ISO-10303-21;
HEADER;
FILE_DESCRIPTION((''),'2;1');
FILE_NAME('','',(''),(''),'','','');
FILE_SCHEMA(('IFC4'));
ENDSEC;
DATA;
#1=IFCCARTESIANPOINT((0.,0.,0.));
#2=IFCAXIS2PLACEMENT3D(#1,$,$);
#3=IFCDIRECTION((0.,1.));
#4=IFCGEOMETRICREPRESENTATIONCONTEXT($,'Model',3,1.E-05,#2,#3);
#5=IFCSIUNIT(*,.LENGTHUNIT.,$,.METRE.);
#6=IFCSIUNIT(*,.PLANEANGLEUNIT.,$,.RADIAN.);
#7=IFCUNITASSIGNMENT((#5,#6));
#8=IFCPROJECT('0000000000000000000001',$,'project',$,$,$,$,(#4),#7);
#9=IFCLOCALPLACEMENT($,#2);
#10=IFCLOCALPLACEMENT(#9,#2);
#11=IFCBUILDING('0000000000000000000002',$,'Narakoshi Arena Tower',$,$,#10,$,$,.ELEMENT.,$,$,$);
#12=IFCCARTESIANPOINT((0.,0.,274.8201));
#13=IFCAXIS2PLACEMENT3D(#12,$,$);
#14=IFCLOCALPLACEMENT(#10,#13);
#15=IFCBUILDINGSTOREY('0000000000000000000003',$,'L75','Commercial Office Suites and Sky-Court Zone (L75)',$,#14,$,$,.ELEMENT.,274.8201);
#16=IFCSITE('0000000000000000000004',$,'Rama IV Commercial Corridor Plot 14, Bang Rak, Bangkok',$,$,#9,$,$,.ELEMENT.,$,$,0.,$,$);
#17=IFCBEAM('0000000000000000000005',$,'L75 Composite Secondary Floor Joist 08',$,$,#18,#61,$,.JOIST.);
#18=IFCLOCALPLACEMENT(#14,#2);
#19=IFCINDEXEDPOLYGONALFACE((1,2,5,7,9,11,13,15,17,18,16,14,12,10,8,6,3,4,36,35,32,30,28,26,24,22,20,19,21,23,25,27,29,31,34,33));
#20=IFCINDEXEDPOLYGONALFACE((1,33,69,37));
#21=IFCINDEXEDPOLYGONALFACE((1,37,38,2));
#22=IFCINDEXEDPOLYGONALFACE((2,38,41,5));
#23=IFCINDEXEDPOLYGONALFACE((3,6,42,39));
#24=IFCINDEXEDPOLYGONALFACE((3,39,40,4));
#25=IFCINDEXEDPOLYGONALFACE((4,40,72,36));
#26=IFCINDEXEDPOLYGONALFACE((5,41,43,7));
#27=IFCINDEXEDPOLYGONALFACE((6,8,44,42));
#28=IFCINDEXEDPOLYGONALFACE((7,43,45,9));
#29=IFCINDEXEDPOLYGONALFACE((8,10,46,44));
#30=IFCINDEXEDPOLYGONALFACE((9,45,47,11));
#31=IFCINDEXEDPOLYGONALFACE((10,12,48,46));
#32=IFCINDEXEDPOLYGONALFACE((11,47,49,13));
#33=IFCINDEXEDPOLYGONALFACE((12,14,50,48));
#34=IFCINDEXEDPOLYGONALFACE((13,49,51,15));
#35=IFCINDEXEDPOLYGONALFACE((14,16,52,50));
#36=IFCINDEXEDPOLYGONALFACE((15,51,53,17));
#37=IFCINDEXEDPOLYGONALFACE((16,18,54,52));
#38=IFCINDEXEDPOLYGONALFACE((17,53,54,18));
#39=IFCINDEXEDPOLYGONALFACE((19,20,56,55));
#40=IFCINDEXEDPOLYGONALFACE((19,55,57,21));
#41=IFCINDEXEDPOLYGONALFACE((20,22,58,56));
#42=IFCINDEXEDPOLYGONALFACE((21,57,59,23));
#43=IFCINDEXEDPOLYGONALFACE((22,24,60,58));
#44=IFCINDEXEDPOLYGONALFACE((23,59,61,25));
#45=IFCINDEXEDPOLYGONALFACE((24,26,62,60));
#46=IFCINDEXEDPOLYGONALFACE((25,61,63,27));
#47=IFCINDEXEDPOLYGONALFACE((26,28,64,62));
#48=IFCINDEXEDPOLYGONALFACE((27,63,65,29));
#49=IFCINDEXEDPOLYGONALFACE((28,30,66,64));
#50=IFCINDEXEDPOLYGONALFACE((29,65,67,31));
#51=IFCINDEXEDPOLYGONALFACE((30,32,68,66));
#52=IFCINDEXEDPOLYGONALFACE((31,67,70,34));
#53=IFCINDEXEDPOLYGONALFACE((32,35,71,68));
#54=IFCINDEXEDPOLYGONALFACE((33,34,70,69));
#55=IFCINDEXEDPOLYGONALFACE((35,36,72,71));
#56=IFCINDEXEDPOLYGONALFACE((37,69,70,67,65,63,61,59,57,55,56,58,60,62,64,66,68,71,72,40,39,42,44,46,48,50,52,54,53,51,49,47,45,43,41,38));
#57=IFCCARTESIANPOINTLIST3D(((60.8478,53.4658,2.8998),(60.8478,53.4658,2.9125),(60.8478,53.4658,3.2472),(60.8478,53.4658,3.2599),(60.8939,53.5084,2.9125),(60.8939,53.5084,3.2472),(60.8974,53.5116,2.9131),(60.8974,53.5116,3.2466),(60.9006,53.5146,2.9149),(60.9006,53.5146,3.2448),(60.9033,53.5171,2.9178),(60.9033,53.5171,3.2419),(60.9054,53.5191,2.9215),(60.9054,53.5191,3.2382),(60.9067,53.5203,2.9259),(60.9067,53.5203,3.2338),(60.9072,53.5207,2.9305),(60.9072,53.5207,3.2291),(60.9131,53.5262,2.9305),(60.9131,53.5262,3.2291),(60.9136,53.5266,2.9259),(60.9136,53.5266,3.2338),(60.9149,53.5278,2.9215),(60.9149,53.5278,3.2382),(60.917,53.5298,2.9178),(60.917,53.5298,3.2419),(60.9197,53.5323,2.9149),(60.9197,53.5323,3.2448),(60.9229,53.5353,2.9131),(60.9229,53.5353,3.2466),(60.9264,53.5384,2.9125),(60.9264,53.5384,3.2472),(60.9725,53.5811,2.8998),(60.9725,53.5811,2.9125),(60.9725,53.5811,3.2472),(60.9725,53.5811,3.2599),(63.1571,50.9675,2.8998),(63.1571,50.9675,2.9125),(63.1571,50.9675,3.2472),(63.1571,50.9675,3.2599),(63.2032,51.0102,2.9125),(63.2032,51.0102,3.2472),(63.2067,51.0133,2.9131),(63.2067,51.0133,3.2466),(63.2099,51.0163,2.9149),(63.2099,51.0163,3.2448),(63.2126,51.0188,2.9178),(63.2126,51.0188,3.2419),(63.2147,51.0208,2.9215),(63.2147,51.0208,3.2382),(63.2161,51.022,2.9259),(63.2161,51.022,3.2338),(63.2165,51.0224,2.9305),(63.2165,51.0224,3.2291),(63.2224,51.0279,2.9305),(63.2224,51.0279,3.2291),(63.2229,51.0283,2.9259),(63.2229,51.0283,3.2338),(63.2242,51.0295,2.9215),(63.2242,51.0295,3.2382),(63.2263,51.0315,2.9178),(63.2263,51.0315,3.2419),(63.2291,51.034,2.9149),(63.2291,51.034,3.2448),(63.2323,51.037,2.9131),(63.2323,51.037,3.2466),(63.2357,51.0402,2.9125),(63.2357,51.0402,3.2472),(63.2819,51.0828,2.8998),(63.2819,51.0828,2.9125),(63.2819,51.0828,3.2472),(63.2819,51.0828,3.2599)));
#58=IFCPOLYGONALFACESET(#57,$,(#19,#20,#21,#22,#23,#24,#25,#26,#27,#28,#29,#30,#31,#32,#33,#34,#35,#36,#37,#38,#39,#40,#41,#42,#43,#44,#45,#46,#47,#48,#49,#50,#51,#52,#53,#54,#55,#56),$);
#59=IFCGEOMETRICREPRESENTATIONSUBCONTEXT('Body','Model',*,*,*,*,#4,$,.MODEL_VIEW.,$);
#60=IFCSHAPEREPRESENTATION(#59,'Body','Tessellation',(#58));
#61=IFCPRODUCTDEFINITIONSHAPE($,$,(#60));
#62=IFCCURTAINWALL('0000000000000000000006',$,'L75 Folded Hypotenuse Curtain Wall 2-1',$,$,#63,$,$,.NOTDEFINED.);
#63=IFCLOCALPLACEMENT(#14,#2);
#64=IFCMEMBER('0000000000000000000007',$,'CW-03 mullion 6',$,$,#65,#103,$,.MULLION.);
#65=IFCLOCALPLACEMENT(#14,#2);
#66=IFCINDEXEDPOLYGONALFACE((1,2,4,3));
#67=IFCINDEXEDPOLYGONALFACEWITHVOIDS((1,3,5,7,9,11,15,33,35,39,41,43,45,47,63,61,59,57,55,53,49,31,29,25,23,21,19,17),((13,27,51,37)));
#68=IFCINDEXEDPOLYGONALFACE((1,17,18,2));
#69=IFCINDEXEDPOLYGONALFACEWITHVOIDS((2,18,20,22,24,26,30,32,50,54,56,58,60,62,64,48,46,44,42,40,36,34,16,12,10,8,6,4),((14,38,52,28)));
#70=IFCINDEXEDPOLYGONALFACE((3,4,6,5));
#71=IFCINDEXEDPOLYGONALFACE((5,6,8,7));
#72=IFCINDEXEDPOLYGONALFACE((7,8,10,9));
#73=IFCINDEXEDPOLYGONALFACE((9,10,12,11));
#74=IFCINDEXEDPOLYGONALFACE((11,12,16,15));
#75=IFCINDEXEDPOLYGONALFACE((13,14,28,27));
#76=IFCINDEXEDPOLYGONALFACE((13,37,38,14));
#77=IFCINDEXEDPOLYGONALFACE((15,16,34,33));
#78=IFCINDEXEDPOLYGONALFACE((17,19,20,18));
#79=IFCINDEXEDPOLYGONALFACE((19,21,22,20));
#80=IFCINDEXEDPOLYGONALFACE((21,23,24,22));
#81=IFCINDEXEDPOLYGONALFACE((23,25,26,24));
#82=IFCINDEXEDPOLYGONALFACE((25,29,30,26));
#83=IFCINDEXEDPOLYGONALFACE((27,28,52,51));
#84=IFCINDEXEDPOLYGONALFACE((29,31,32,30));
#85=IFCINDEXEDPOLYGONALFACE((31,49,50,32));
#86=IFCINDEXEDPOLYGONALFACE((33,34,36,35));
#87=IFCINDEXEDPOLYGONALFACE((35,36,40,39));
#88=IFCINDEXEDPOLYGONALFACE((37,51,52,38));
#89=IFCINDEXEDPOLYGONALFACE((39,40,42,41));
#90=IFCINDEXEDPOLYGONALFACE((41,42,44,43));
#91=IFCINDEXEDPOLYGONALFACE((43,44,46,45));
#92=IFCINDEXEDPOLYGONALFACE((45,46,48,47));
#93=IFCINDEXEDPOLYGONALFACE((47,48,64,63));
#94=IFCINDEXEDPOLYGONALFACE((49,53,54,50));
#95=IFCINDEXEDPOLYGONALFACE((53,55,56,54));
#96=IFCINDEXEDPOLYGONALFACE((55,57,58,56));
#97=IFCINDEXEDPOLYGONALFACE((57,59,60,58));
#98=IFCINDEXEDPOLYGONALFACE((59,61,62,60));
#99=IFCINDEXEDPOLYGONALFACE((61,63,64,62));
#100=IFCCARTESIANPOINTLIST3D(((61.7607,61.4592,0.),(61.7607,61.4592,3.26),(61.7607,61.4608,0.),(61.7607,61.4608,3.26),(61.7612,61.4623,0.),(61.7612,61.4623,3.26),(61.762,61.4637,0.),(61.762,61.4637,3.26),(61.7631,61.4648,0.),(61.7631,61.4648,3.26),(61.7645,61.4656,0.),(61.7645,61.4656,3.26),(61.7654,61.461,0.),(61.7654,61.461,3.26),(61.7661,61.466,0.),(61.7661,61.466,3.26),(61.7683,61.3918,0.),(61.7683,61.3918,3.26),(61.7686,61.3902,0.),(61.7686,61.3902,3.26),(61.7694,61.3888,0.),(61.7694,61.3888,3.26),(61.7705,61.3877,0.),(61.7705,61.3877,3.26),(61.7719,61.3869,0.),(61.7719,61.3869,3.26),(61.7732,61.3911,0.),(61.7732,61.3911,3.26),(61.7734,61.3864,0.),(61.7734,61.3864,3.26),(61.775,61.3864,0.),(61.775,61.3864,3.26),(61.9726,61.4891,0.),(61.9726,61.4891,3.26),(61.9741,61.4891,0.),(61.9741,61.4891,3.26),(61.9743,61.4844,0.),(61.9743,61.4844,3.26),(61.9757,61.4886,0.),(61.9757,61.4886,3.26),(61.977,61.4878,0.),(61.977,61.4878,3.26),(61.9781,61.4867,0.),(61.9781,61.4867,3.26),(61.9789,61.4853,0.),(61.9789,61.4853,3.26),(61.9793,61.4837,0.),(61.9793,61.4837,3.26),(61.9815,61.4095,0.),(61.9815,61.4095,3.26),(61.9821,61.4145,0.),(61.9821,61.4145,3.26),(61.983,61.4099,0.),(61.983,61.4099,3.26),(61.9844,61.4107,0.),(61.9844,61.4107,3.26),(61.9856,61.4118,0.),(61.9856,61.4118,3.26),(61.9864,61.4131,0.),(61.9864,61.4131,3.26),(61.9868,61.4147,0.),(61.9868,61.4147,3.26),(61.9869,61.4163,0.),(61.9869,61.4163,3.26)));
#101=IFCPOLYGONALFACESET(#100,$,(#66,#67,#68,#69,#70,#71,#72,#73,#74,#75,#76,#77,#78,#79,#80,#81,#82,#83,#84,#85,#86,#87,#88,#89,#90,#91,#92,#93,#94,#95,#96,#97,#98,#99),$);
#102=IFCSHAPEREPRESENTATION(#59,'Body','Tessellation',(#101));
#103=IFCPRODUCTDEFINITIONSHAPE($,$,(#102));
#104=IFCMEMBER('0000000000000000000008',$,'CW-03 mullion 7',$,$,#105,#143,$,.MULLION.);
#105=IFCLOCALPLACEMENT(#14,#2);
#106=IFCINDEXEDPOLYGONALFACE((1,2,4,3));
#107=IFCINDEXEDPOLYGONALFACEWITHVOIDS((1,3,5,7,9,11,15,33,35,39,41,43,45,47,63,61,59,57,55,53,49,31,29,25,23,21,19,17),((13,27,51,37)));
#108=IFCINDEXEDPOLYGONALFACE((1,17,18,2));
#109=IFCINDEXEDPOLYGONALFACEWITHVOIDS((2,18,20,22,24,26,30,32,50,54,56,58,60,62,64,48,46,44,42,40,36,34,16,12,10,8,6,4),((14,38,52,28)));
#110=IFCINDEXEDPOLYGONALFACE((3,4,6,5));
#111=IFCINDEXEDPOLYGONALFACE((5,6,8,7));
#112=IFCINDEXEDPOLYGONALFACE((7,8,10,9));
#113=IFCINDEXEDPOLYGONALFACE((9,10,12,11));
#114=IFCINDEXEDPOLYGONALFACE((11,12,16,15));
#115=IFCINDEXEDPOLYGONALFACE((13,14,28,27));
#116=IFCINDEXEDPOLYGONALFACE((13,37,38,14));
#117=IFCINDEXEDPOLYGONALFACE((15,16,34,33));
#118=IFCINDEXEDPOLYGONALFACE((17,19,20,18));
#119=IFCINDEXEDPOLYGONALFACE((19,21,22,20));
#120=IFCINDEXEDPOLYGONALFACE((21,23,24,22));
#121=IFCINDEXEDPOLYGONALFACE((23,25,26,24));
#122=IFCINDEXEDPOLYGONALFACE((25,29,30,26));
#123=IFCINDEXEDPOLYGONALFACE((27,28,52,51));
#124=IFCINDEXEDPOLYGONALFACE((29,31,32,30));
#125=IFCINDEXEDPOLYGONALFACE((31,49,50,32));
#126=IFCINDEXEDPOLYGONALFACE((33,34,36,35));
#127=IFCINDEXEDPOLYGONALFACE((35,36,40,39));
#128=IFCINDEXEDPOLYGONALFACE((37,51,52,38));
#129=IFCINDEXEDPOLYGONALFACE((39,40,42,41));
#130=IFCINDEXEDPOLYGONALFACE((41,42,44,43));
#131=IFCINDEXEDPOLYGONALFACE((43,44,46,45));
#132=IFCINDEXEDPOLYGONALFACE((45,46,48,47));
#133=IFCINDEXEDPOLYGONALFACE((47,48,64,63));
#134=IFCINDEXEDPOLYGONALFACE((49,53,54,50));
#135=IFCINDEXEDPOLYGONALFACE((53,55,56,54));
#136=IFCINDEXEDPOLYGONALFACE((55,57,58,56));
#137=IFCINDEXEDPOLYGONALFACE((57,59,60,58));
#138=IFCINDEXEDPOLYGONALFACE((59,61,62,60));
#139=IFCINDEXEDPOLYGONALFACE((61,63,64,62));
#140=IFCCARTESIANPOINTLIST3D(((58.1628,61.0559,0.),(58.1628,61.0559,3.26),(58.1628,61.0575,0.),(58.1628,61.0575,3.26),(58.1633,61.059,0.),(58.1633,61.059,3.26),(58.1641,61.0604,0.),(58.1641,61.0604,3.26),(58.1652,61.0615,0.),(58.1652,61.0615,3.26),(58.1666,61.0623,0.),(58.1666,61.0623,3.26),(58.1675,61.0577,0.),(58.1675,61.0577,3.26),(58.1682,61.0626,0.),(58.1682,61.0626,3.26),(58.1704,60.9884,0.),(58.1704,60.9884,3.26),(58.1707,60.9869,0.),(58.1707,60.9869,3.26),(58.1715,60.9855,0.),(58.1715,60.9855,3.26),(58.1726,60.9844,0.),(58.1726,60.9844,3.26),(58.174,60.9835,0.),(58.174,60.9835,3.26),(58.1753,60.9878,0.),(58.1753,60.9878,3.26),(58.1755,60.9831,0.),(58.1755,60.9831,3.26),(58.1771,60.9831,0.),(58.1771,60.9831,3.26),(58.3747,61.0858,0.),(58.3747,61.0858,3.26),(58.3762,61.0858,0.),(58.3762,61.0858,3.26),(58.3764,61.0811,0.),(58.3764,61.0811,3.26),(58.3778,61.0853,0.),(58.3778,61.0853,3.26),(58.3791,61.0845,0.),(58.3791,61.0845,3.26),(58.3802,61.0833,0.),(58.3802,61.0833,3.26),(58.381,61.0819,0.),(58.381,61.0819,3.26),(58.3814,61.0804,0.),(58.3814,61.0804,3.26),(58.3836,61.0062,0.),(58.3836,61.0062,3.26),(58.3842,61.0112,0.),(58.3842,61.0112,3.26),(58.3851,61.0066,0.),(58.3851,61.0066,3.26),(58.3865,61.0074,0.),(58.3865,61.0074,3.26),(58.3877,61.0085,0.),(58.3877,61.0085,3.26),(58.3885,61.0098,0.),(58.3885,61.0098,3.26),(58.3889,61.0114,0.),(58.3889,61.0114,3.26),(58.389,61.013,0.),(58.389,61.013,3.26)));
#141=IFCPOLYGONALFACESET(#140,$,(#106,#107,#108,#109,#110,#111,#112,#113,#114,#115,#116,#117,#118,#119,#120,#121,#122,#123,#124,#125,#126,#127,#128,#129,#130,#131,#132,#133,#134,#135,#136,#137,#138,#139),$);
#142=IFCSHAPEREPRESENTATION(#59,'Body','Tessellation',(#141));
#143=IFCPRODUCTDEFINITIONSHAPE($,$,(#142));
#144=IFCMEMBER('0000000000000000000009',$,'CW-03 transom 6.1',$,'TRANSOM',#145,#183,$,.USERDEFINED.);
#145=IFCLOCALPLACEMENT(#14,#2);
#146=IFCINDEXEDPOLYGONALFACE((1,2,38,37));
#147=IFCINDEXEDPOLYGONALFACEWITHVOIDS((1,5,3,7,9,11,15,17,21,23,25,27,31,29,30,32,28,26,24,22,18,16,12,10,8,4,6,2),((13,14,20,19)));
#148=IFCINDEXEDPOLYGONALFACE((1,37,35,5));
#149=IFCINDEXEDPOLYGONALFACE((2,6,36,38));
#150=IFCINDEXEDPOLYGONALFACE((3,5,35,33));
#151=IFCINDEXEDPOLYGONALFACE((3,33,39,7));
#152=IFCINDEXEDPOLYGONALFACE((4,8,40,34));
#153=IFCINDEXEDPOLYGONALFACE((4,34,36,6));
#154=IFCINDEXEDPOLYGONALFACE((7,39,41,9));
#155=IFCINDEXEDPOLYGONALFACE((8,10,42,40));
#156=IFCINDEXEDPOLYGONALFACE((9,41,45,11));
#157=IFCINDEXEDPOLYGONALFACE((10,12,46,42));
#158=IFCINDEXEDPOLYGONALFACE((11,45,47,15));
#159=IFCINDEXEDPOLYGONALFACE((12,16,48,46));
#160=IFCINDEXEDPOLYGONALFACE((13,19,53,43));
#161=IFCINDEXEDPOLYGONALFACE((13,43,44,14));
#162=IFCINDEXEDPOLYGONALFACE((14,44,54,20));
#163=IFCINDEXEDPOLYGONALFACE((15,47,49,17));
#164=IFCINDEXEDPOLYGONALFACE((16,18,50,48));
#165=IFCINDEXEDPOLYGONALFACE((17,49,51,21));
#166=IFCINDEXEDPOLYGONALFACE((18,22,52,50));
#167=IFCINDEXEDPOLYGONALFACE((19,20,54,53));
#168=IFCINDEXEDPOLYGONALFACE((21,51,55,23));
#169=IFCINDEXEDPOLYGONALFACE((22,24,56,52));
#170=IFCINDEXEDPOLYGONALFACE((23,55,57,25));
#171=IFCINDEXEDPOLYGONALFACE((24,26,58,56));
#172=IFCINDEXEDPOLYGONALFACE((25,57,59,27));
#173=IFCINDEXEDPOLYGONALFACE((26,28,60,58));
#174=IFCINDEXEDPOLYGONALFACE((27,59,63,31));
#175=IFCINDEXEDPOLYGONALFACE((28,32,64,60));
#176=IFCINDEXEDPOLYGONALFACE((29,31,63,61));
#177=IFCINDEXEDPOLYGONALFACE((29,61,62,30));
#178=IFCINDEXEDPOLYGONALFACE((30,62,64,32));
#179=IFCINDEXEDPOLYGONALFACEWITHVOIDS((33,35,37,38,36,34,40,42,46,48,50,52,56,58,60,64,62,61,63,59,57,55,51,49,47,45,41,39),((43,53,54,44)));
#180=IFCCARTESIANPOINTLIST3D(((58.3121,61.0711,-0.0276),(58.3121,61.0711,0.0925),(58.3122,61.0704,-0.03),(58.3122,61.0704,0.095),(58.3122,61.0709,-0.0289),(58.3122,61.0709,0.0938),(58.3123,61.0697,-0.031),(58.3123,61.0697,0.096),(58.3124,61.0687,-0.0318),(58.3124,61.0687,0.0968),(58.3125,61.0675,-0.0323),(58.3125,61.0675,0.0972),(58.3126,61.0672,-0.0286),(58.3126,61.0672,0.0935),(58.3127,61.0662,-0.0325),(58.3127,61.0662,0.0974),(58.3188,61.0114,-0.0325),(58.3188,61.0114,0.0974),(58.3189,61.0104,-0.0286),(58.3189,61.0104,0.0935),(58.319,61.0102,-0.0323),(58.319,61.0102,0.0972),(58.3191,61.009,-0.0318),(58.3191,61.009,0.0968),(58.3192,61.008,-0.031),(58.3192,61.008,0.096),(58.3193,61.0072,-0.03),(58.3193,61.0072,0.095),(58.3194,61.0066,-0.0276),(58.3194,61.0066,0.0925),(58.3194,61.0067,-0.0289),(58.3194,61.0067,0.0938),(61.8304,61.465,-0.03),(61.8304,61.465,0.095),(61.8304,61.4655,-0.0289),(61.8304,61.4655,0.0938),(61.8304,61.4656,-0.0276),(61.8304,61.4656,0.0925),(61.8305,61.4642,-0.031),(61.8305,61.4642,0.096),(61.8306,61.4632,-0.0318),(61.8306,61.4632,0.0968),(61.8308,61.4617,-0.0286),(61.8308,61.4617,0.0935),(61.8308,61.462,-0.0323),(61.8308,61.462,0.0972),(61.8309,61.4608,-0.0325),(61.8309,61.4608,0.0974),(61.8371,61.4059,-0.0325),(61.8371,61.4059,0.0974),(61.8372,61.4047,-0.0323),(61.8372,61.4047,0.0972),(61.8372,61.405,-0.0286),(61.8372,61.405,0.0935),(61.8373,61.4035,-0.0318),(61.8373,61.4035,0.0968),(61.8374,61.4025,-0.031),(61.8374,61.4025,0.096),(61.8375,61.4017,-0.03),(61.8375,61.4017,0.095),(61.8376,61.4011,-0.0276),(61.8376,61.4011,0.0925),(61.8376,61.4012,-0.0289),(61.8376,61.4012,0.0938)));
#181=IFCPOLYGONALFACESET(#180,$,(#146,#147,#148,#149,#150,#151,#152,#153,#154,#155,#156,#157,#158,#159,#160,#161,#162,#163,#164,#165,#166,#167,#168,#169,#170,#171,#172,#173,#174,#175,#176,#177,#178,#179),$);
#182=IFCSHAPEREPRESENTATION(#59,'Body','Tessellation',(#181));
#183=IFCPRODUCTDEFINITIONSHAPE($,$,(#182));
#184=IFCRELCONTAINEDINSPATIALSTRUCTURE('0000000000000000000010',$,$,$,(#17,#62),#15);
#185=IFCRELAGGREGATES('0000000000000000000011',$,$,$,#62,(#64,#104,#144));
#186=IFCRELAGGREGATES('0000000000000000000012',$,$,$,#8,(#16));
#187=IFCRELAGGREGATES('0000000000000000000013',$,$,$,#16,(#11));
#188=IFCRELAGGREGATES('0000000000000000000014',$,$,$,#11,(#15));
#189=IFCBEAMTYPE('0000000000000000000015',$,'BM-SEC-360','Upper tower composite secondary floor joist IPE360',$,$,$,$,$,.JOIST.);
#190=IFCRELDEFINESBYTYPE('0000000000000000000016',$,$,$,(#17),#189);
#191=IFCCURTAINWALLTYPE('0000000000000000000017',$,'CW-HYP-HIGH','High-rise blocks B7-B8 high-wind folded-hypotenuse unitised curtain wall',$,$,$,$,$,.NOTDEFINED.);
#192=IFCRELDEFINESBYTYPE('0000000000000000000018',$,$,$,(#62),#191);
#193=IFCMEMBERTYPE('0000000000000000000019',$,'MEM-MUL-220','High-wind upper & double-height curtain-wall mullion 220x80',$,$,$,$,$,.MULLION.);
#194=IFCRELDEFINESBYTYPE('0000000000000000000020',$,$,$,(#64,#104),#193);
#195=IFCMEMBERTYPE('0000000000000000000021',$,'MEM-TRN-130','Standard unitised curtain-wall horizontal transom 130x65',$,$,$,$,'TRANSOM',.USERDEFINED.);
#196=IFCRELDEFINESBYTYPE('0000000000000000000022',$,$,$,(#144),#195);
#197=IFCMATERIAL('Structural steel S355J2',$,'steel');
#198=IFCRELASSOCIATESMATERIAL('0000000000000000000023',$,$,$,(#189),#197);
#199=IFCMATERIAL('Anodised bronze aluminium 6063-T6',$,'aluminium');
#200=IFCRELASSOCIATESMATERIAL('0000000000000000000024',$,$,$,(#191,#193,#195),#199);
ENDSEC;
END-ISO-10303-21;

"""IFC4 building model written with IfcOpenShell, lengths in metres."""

from ifc_helpers import new_model, si_unit, direction, frame, origin, origin_2d, place, context, subcontext, project, spatial, hollow_rectangle, i_section, extrude, material, material_profile, profile_set, type_object, element, aggregate, save


model = new_model("IFC4")

# Units and contexts
model_context = context("Model", 3, precision=1e-05, world=origin(), true_north=direction((0.0, 1.0)))
body_context = subcontext(model_context, "Body", "Model", "MODEL_VIEW")
ifc_project = project(units=[si_unit("LENGTHUNIT", "METRE"), si_unit("PLANEANGLEUNIT", "RADIAN")], contexts=[model_context])

# Site, building, storey
site_placement = place(None, origin())
site = spatial("IfcSite", under=ifc_project, at=site_placement, Name="Rama IV Commercial Corridor Plot 14, Bang Rak, Bangkok", CompositionType="ELEMENT", RefElevation=0.0)
building_placement = place(site_placement, origin())
building = spatial("IfcBuilding", under=site, at=building_placement, Name="Narakoshi Arena Tower", CompositionType="ELEMENT")
storey_placement = place(building_placement, frame((0.0, 0.0, 274.8201)))
storey = spatial("IfcBuildingStorey", under=building, at=storey_placement, Name="L75", Description="Commercial Office Suites and Sky-Court Zone (L75)", CompositionType="ELEMENT", Elevation=274.8201)

# Beam
ifc_material_1 = material(Name="Structural steel S355J2", Category="steel")
ifc_material_profile_1 = material_profile(ifc_material_1, i_section(OverallWidth=0.1699, OverallDepth=0.3601, WebThickness=0.0081, FlangeThickness=0.0127, FilletRadius=0.0181, at=origin_2d()), Name="IPE360")
ifc_profile_set_1 = profile_set([ifc_material_profile_1], Name="Structural steel S355J2")
beam_type_1 = type_object("IfcBeamType", Name="BM-SEC-360", Description="Upper tower composite secondary floor joist IPE360", PredefinedType="JOIST", material=ifc_profile_set_1)
beam_1_placement = place(storey_placement, frame((60.9102, 53.5234, 3.0798), z_axis=(0.67879, -0.734333, 0.0), x_axis=(0.734333, 0.67879, 0.0)))
element("IfcBeam", 1, at=beam_1_placement, inside=storey, type_object=beam_type_1, Name="L75 Composite Secondary Floor Joist 08", PredefinedType="JOIST", context=body_context, shape_type="SweptSolid", body=[
    extrude(i_section(OverallWidth=0.1699, OverallDepth=0.3601, WebThickness=0.0081, FlangeThickness=0.0127, FilletRadius=0.0181, at=origin_2d()), origin(), (0.0, 0.0, 1.0), 3.4021),
])

# Curtain wall, members
ifc_material_2 = material(Name="Anodised bronze aluminium 6063-T6", Category="aluminium")
curtain_wall_type = type_object("IfcCurtainWallType", Name="CW-HYP-HIGH", Description="High-rise blocks B7-B8 high-wind folded-hypotenuse unitised curtain wall", PredefinedType="NOTDEFINED", material=ifc_material_2)
curtain_wall_placement = place(storey_placement, origin())
curtain_wall = element("IfcCurtainWall", 2, at=curtain_wall_placement, inside=storey, type_object=curtain_wall_type, Name="L75 Folded Hypotenuse Curtain Wall 2-1", PredefinedType="NOTDEFINED")
ifc_material_profile_2 = material_profile(ifc_material_2, hollow_rectangle(XDim=0.0801, YDim=0.22, WallThickness=0.0049, OuterFilletRadius=0.0061, at=origin_2d()), Name="MUL220x80x5")
ifc_profile_set_2 = profile_set([ifc_material_profile_2], Name="Anodised bronze aluminium 6063-T6")
member_type_1 = type_object("IfcMemberType", Name="MEM-MUL-220", Description="High-wind upper & double-height curtain-wall mullion 220x80", PredefinedType="MULLION", material=ifc_profile_set_2)
member_1_placement = place(storey_placement, frame((61.8738, 61.4377, 0.0), z_axis=(0.0, 0.0, 1.0), x_axis=(0.111396, -0.993776, 0.0)))
member_1 = element("IfcMember", 3, at=member_1_placement, type_object=member_type_1, Name="CW-03 mullion 6", PredefinedType="MULLION", context=body_context, shape_type="SweptSolid", body=[
    extrude(hollow_rectangle(XDim=0.0801, YDim=0.22, WallThickness=0.0049, OuterFilletRadius=0.0061, at=origin_2d()), origin(), (0.0, 0.0, 1.0), 3.26),
])
member_2_placement = place(storey_placement, frame((58.2759, 61.0344, 0.0), z_axis=(0.0, 0.0, 1.0), x_axis=(0.111396, -0.993776, 0.0)))
member_2 = element("IfcMember", 4, at=member_2_placement, type_object=member_type_1, Name="CW-03 mullion 7", PredefinedType="MULLION", context=body_context, shape_type="SweptSolid", body=[
    extrude(hollow_rectangle(XDim=0.0801, YDim=0.22, WallThickness=0.0049, OuterFilletRadius=0.0061, at=origin_2d()), origin(), (0.0, 0.0, 1.0), 3.26),
])
ifc_material_profile_3 = material_profile(ifc_material_2, hollow_rectangle(XDim=0.0649, YDim=0.1299, WallThickness=0.0039, OuterFilletRadius=0.0049, at=origin_2d()), Name="TRN130x65x4")
ifc_profile_set_3 = profile_set([ifc_material_profile_3], Name="Anodised bronze aluminium 6063-T6")
member_type_2 = type_object("IfcMemberType", Name="MEM-TRN-130", Description="Standard unitised curtain-wall horizontal transom 130x65", ElementType="TRANSOM", PredefinedType="USERDEFINED", material=ifc_profile_set_3)
member_3_placement = place(storey_placement, frame((61.834, 61.4333, 0.0325), z_axis=(-0.993771, -0.111438, 0.0), x_axis=(0.111438, -0.993771, 0.0)))
member_3 = element("IfcMember", 5, at=member_3_placement, type_object=member_type_2, Name="CW-03 transom 6.1", ObjectType="TRANSOM", PredefinedType="USERDEFINED", context=body_context, shape_type="SweptSolid", body=[
    extrude(hollow_rectangle(XDim=0.0649, YDim=0.1299, WallThickness=0.0039, OuterFilletRadius=0.0049, at=origin_2d()), origin(), (0.0, 0.0, 1.0), 3.5403),
])
aggregate(curtain_wall, [member_1, member_2, member_3])

save(model, "model.ifc")
